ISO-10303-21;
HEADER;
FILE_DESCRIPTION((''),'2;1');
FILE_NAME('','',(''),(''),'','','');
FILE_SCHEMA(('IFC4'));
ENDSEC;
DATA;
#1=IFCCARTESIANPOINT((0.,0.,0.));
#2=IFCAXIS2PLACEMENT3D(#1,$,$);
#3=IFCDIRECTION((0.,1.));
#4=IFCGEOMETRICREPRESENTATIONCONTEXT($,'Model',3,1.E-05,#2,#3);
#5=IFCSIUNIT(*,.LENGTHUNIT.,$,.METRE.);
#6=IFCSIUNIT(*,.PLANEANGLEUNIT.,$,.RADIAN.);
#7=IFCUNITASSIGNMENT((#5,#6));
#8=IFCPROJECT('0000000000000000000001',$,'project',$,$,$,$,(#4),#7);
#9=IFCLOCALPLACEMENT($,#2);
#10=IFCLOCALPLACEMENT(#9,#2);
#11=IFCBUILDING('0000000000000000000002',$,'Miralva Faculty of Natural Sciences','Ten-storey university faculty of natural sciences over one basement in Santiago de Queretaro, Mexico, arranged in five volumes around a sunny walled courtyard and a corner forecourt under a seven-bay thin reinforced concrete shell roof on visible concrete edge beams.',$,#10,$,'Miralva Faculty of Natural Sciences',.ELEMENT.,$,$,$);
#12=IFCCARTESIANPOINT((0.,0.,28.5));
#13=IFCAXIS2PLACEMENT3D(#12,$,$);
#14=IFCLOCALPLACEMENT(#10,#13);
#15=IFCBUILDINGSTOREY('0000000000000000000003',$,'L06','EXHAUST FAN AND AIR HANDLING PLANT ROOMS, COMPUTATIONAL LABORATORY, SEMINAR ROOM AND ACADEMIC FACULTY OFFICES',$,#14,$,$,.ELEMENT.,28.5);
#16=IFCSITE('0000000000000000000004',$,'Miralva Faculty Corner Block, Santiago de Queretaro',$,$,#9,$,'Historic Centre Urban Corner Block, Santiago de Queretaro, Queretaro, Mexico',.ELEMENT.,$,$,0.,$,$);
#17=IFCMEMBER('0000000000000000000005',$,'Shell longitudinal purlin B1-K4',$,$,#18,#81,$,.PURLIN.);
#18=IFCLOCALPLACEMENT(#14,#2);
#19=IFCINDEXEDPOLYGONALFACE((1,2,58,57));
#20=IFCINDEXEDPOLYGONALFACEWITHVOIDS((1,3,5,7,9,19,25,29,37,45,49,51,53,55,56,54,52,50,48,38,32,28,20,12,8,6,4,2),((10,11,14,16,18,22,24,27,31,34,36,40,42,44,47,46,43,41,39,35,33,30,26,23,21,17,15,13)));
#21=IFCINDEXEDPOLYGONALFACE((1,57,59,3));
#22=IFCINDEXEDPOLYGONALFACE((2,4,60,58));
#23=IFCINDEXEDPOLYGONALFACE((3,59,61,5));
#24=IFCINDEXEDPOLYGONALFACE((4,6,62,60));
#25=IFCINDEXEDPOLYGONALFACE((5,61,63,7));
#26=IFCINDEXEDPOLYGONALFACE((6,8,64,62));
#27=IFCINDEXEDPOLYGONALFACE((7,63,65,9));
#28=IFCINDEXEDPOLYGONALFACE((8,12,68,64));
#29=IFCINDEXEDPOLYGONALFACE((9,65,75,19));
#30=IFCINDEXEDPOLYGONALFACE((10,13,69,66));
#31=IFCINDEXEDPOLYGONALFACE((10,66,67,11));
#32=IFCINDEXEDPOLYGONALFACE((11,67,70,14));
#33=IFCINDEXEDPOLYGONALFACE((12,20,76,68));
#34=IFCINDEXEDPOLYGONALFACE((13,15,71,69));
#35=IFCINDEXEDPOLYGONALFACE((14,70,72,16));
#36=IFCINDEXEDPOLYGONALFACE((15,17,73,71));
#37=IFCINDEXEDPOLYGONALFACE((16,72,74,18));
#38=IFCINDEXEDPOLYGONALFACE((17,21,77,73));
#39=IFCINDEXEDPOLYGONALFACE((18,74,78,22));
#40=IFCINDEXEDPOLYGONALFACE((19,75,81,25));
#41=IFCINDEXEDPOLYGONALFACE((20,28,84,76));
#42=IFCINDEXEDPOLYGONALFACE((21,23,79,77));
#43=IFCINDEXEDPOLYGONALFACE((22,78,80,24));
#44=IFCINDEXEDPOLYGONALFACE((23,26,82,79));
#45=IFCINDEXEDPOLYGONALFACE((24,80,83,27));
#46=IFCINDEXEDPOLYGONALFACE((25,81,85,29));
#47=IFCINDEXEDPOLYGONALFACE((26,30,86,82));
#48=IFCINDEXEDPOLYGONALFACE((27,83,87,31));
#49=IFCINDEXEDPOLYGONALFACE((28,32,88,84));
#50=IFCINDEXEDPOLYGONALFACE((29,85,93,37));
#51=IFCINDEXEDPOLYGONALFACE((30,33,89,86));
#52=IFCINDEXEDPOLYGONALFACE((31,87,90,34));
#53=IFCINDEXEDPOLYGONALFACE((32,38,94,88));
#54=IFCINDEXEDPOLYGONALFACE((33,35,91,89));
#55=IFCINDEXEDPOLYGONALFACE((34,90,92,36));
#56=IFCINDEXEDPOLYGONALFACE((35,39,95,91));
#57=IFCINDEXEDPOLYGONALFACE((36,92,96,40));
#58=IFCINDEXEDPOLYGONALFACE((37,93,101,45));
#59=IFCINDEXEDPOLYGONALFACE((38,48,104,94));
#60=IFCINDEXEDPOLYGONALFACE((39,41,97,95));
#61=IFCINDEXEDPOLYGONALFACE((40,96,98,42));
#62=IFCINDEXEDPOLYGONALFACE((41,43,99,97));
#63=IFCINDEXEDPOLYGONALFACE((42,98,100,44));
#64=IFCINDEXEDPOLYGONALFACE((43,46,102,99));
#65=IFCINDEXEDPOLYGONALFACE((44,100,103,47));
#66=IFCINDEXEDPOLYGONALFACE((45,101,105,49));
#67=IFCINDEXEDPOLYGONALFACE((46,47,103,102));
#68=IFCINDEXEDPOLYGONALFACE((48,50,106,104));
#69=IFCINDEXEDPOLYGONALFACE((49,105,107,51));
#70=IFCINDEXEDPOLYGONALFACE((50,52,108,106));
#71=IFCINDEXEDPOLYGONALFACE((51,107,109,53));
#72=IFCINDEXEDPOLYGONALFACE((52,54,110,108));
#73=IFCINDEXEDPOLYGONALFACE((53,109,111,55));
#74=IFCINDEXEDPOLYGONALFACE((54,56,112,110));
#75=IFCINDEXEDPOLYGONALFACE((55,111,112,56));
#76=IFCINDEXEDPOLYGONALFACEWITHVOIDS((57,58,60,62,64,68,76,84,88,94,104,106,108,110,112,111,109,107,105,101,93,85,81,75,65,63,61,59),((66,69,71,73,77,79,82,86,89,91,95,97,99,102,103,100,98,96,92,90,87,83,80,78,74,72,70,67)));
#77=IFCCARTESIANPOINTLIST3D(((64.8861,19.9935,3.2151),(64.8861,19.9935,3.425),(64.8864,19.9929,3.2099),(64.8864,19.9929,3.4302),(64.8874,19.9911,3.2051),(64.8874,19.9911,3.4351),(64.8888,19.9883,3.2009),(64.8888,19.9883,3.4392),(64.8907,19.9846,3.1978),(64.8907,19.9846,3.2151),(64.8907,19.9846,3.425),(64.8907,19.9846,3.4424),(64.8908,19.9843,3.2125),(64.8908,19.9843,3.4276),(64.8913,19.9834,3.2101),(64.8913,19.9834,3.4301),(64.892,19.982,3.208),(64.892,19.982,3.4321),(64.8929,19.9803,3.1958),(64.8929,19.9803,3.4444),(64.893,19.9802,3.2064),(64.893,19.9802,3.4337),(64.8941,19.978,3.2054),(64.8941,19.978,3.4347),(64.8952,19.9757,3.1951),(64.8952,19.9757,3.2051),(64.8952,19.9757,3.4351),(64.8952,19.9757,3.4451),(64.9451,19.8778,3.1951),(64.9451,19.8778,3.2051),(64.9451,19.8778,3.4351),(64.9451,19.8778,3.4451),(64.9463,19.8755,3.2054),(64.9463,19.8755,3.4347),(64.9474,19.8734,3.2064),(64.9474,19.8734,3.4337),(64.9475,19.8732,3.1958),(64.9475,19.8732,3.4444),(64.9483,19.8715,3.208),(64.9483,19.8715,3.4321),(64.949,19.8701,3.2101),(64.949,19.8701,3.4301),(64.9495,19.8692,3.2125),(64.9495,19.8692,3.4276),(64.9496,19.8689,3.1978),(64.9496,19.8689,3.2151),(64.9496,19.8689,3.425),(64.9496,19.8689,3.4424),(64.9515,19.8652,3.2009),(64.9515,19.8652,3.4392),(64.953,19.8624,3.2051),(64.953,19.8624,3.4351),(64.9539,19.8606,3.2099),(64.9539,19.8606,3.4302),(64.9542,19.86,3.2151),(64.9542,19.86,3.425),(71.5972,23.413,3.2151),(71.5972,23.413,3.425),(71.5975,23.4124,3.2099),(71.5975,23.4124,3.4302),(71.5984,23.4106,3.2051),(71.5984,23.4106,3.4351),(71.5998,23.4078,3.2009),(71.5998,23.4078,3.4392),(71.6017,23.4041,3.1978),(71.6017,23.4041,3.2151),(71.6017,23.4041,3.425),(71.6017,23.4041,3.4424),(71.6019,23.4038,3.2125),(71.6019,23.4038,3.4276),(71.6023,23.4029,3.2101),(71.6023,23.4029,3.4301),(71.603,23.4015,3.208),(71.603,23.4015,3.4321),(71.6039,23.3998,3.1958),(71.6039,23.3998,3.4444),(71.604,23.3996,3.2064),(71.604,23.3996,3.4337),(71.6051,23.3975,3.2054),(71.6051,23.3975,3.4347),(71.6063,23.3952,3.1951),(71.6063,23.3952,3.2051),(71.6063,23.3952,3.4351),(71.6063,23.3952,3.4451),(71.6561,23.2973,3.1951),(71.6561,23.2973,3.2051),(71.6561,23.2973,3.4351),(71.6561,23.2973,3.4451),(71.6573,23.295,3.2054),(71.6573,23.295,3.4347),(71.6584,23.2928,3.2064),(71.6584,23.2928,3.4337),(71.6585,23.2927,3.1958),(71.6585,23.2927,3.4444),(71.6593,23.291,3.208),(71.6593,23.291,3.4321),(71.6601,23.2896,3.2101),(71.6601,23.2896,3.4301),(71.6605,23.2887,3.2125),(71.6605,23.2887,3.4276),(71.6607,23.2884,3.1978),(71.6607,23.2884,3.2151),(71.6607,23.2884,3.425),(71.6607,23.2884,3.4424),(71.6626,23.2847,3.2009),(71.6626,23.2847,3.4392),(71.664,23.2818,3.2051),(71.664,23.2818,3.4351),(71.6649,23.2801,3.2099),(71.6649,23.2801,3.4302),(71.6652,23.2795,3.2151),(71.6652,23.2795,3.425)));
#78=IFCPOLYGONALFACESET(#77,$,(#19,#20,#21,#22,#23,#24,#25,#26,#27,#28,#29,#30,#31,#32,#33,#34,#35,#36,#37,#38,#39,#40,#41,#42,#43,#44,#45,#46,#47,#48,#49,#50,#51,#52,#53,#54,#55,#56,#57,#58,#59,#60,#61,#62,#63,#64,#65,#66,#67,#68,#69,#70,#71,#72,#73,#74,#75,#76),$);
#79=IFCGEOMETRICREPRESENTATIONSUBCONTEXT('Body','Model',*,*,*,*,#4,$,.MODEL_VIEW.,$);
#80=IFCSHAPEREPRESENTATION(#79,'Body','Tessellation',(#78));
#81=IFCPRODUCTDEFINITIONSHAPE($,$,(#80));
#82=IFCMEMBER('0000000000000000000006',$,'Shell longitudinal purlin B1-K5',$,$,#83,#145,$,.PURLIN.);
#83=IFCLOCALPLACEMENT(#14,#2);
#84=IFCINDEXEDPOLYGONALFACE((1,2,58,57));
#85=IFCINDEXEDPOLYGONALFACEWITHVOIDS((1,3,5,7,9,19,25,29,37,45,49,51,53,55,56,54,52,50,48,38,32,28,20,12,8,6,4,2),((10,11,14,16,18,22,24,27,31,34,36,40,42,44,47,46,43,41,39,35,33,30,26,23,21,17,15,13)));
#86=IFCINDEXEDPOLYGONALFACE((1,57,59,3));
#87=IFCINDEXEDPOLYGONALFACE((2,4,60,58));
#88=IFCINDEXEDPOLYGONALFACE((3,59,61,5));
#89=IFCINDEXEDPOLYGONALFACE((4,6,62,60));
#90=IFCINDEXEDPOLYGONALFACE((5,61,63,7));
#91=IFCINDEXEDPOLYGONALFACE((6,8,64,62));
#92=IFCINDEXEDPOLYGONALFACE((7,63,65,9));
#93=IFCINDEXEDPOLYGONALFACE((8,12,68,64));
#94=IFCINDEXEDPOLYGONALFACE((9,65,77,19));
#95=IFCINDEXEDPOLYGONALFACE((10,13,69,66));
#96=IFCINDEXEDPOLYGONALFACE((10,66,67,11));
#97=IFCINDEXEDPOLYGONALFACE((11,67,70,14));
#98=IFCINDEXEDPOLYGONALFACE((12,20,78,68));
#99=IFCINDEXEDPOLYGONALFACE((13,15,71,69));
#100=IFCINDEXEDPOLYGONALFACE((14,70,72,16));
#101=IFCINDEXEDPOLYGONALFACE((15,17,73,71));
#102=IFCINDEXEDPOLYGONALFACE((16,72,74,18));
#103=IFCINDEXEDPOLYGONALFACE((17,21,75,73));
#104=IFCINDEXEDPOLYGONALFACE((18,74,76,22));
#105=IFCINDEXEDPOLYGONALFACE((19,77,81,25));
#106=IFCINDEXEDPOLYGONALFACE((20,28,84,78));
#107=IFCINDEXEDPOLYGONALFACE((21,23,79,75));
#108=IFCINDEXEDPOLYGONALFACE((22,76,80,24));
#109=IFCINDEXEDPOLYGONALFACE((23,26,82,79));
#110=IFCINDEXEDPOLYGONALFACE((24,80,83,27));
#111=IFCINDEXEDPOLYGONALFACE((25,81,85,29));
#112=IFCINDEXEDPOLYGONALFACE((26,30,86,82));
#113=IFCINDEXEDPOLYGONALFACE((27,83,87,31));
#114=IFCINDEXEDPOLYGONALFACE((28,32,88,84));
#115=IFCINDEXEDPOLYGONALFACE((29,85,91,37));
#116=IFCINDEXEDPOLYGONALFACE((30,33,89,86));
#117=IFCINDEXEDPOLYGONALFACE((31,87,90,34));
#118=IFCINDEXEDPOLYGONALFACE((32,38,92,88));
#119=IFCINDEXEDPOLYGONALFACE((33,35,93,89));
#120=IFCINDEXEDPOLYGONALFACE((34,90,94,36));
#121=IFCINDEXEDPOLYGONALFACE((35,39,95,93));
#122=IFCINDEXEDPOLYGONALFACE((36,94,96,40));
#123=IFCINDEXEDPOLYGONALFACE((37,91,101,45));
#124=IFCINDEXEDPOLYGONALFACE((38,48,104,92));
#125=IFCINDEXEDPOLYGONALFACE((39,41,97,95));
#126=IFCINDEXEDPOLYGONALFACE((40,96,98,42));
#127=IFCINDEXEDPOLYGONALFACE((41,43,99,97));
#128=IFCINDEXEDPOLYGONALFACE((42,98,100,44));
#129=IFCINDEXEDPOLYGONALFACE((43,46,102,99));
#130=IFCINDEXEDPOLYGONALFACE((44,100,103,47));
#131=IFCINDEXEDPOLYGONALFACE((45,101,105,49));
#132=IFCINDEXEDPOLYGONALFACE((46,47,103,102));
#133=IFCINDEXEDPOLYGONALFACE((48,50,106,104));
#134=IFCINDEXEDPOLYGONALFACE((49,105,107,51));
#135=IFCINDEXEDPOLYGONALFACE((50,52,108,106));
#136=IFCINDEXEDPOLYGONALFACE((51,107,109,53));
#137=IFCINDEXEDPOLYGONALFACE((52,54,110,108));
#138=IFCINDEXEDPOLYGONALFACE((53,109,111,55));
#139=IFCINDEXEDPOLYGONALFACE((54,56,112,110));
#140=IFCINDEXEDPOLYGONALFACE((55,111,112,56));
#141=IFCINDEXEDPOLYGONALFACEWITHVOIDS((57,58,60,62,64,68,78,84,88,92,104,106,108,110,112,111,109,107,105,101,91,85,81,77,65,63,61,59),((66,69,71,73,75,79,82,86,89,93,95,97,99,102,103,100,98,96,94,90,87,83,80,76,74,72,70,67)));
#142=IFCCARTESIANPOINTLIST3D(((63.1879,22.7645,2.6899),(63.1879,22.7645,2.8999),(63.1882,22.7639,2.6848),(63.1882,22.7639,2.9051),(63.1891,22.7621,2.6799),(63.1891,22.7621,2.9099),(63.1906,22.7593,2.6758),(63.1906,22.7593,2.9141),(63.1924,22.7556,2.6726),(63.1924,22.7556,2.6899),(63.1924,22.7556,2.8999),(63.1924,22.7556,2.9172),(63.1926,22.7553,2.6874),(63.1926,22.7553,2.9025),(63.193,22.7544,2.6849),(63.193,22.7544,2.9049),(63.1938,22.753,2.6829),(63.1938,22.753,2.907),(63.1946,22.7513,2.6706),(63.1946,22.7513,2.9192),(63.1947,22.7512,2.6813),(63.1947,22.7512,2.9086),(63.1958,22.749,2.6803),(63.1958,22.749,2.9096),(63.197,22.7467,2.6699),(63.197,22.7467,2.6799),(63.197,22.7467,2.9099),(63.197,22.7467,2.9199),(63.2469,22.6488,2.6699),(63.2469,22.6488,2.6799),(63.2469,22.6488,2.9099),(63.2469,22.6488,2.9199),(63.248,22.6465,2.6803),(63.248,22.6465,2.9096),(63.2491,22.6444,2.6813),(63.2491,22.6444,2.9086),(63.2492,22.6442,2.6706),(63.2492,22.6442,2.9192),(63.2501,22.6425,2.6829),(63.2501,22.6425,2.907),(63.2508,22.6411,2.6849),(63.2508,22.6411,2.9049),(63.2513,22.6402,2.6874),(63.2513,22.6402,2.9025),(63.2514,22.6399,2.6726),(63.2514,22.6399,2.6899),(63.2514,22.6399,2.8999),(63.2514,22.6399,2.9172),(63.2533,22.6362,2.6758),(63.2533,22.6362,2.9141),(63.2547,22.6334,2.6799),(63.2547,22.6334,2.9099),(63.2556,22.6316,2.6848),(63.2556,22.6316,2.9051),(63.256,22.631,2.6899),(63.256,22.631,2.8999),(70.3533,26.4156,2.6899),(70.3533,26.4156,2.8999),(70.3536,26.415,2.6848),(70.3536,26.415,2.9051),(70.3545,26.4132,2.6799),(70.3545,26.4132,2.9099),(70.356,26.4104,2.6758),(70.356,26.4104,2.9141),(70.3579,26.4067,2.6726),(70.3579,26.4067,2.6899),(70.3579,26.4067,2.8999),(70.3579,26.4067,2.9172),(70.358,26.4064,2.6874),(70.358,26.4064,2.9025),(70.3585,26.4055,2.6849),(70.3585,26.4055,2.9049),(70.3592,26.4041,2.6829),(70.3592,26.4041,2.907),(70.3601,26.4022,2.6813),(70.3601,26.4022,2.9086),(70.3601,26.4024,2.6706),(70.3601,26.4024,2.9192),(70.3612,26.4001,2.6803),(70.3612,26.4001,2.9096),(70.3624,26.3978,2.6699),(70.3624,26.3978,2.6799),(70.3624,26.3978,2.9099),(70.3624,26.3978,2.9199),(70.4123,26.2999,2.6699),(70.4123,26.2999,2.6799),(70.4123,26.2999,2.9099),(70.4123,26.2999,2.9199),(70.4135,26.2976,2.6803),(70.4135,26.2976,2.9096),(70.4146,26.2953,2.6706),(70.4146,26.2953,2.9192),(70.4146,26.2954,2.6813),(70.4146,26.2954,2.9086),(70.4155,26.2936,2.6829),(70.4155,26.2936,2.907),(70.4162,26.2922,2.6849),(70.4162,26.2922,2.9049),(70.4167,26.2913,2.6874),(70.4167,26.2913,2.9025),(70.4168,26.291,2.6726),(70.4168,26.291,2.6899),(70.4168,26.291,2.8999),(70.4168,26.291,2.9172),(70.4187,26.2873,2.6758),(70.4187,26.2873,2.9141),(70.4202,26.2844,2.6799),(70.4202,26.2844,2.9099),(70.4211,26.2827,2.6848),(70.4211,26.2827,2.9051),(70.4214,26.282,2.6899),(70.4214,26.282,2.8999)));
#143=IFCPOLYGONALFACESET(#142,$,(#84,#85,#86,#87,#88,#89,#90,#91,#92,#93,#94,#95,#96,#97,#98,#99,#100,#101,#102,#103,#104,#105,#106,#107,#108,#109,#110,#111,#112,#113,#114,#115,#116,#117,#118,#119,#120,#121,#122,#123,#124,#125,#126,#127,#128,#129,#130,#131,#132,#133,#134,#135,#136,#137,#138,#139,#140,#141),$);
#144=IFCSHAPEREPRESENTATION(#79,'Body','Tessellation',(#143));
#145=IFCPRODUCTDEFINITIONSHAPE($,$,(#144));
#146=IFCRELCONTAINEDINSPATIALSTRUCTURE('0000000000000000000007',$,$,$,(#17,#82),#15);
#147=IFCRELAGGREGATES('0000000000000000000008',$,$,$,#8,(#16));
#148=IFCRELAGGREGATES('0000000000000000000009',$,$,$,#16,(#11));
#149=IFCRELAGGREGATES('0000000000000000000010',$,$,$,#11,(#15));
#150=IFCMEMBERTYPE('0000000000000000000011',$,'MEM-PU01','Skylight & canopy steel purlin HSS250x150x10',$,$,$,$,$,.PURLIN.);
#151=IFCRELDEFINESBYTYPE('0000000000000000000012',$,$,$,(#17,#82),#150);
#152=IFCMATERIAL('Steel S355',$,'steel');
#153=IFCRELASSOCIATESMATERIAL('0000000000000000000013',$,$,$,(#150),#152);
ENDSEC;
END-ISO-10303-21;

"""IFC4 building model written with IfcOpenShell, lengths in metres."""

from ifc_helpers import new_model, si_unit, direction, frame, origin, origin_2d, place, context, subcontext, project, spatial, hollow_rectangle, extrude, material, material_profile, profile_set, type_object, element, save


model = new_model("IFC4")

# Units and contexts
model_context = context("Model", 3, precision=1e-05, world=origin(), true_north=direction((0.0, 1.0)))
body_context = subcontext(model_context, "Body", "Model", "MODEL_VIEW")
ifc_project = project(units=[si_unit("LENGTHUNIT", "METRE"), si_unit("PLANEANGLEUNIT", "RADIAN")], contexts=[model_context])

# Site, building, storey
site_placement = place(None, origin())
site = spatial("IfcSite", under=ifc_project, at=site_placement, Name="Miralva Faculty Corner Block, Santiago de Queretaro", LongName="Historic Centre Urban Corner Block, Santiago de Queretaro, Queretaro, Mexico", CompositionType="ELEMENT", RefElevation=0.0)
building_placement = place(site_placement, origin())
building = spatial("IfcBuilding", under=site, at=building_placement, Name="Miralva Faculty of Natural Sciences", Description="Ten-storey university faculty of natural sciences over one basement in Santiago de Queretaro, Mexico, arranged in five volumes around a sunny walled courtyard and a corner forecourt under a seven-bay thin reinforced concrete shell roof on visible concrete edge beams.", LongName="Miralva Faculty of Natural Sciences", CompositionType="ELEMENT")
storey_placement = place(building_placement, frame((0.0, 0.0, 28.5)))
storey = spatial("IfcBuildingStorey", under=building, at=storey_placement, Name="L06", Description="EXHAUST FAN AND AIR HANDLING PLANT ROOMS, COMPUTATIONAL LABORATORY, SEMINAR ROOM AND ACADEMIC FACULTY OFFICES", CompositionType="ELEMENT", Elevation=28.5)

# Members
ifc_material_1 = material(Name="Steel S355", Category="steel")
ifc_material_profile_1 = material_profile(ifc_material_1, hollow_rectangle(XDim=0.1499, YDim=0.25, WallThickness=0.01, InnerFilletRadius=0.01, OuterFilletRadius=0.02, at=origin_2d()), Name="HSS 250x150x10")
ifc_profile_set_1 = profile_set([ifc_material_profile_1], Name="Steel S355")
member_type = type_object("IfcMemberType", Name="MEM-PU01", Description="Skylight & canopy steel purlin HSS250x150x10", PredefinedType="PURLIN", material=ifc_profile_set_1)
member_1_placement = place(storey_placement, frame((64.9202, 19.9268, 3.3201), z_axis=(0.891004, 0.453995, 0.0), x_axis=(-0.453995, 0.891004, 0.0)))
element("IfcMember", 1, at=member_1_placement, inside=storey, type_object=member_type, Name="Shell longitudinal purlin B1-K4", PredefinedType="PURLIN", context=body_context, shape_type="SweptSolid", body=[
    extrude(hollow_rectangle(XDim=0.1499, YDim=0.25, WallThickness=0.01, InnerFilletRadius=0.01, OuterFilletRadius=0.02, at=origin_2d()), origin(), (0.0, 0.0, 1.0), 7.532),
])
member_2_placement = place(storey_placement, frame((63.2219, 22.6978, 2.7949), z_axis=(0.891001, 0.454001, 0.0), x_axis=(-0.454001, 0.891001, 0.0)))
element("IfcMember", 2, at=member_2_placement, inside=storey, type_object=member_type, Name="Shell longitudinal purlin B1-K5", PredefinedType="PURLIN", context=body_context, shape_type="SweptSolid", body=[
    extrude(hollow_rectangle(XDim=0.1499, YDim=0.25, WallThickness=0.01, InnerFilletRadius=0.01, OuterFilletRadius=0.02, at=origin_2d()), origin(), (0.0, 0.0, 1.0), 8.042),
])

save(model, "model.ifc")
